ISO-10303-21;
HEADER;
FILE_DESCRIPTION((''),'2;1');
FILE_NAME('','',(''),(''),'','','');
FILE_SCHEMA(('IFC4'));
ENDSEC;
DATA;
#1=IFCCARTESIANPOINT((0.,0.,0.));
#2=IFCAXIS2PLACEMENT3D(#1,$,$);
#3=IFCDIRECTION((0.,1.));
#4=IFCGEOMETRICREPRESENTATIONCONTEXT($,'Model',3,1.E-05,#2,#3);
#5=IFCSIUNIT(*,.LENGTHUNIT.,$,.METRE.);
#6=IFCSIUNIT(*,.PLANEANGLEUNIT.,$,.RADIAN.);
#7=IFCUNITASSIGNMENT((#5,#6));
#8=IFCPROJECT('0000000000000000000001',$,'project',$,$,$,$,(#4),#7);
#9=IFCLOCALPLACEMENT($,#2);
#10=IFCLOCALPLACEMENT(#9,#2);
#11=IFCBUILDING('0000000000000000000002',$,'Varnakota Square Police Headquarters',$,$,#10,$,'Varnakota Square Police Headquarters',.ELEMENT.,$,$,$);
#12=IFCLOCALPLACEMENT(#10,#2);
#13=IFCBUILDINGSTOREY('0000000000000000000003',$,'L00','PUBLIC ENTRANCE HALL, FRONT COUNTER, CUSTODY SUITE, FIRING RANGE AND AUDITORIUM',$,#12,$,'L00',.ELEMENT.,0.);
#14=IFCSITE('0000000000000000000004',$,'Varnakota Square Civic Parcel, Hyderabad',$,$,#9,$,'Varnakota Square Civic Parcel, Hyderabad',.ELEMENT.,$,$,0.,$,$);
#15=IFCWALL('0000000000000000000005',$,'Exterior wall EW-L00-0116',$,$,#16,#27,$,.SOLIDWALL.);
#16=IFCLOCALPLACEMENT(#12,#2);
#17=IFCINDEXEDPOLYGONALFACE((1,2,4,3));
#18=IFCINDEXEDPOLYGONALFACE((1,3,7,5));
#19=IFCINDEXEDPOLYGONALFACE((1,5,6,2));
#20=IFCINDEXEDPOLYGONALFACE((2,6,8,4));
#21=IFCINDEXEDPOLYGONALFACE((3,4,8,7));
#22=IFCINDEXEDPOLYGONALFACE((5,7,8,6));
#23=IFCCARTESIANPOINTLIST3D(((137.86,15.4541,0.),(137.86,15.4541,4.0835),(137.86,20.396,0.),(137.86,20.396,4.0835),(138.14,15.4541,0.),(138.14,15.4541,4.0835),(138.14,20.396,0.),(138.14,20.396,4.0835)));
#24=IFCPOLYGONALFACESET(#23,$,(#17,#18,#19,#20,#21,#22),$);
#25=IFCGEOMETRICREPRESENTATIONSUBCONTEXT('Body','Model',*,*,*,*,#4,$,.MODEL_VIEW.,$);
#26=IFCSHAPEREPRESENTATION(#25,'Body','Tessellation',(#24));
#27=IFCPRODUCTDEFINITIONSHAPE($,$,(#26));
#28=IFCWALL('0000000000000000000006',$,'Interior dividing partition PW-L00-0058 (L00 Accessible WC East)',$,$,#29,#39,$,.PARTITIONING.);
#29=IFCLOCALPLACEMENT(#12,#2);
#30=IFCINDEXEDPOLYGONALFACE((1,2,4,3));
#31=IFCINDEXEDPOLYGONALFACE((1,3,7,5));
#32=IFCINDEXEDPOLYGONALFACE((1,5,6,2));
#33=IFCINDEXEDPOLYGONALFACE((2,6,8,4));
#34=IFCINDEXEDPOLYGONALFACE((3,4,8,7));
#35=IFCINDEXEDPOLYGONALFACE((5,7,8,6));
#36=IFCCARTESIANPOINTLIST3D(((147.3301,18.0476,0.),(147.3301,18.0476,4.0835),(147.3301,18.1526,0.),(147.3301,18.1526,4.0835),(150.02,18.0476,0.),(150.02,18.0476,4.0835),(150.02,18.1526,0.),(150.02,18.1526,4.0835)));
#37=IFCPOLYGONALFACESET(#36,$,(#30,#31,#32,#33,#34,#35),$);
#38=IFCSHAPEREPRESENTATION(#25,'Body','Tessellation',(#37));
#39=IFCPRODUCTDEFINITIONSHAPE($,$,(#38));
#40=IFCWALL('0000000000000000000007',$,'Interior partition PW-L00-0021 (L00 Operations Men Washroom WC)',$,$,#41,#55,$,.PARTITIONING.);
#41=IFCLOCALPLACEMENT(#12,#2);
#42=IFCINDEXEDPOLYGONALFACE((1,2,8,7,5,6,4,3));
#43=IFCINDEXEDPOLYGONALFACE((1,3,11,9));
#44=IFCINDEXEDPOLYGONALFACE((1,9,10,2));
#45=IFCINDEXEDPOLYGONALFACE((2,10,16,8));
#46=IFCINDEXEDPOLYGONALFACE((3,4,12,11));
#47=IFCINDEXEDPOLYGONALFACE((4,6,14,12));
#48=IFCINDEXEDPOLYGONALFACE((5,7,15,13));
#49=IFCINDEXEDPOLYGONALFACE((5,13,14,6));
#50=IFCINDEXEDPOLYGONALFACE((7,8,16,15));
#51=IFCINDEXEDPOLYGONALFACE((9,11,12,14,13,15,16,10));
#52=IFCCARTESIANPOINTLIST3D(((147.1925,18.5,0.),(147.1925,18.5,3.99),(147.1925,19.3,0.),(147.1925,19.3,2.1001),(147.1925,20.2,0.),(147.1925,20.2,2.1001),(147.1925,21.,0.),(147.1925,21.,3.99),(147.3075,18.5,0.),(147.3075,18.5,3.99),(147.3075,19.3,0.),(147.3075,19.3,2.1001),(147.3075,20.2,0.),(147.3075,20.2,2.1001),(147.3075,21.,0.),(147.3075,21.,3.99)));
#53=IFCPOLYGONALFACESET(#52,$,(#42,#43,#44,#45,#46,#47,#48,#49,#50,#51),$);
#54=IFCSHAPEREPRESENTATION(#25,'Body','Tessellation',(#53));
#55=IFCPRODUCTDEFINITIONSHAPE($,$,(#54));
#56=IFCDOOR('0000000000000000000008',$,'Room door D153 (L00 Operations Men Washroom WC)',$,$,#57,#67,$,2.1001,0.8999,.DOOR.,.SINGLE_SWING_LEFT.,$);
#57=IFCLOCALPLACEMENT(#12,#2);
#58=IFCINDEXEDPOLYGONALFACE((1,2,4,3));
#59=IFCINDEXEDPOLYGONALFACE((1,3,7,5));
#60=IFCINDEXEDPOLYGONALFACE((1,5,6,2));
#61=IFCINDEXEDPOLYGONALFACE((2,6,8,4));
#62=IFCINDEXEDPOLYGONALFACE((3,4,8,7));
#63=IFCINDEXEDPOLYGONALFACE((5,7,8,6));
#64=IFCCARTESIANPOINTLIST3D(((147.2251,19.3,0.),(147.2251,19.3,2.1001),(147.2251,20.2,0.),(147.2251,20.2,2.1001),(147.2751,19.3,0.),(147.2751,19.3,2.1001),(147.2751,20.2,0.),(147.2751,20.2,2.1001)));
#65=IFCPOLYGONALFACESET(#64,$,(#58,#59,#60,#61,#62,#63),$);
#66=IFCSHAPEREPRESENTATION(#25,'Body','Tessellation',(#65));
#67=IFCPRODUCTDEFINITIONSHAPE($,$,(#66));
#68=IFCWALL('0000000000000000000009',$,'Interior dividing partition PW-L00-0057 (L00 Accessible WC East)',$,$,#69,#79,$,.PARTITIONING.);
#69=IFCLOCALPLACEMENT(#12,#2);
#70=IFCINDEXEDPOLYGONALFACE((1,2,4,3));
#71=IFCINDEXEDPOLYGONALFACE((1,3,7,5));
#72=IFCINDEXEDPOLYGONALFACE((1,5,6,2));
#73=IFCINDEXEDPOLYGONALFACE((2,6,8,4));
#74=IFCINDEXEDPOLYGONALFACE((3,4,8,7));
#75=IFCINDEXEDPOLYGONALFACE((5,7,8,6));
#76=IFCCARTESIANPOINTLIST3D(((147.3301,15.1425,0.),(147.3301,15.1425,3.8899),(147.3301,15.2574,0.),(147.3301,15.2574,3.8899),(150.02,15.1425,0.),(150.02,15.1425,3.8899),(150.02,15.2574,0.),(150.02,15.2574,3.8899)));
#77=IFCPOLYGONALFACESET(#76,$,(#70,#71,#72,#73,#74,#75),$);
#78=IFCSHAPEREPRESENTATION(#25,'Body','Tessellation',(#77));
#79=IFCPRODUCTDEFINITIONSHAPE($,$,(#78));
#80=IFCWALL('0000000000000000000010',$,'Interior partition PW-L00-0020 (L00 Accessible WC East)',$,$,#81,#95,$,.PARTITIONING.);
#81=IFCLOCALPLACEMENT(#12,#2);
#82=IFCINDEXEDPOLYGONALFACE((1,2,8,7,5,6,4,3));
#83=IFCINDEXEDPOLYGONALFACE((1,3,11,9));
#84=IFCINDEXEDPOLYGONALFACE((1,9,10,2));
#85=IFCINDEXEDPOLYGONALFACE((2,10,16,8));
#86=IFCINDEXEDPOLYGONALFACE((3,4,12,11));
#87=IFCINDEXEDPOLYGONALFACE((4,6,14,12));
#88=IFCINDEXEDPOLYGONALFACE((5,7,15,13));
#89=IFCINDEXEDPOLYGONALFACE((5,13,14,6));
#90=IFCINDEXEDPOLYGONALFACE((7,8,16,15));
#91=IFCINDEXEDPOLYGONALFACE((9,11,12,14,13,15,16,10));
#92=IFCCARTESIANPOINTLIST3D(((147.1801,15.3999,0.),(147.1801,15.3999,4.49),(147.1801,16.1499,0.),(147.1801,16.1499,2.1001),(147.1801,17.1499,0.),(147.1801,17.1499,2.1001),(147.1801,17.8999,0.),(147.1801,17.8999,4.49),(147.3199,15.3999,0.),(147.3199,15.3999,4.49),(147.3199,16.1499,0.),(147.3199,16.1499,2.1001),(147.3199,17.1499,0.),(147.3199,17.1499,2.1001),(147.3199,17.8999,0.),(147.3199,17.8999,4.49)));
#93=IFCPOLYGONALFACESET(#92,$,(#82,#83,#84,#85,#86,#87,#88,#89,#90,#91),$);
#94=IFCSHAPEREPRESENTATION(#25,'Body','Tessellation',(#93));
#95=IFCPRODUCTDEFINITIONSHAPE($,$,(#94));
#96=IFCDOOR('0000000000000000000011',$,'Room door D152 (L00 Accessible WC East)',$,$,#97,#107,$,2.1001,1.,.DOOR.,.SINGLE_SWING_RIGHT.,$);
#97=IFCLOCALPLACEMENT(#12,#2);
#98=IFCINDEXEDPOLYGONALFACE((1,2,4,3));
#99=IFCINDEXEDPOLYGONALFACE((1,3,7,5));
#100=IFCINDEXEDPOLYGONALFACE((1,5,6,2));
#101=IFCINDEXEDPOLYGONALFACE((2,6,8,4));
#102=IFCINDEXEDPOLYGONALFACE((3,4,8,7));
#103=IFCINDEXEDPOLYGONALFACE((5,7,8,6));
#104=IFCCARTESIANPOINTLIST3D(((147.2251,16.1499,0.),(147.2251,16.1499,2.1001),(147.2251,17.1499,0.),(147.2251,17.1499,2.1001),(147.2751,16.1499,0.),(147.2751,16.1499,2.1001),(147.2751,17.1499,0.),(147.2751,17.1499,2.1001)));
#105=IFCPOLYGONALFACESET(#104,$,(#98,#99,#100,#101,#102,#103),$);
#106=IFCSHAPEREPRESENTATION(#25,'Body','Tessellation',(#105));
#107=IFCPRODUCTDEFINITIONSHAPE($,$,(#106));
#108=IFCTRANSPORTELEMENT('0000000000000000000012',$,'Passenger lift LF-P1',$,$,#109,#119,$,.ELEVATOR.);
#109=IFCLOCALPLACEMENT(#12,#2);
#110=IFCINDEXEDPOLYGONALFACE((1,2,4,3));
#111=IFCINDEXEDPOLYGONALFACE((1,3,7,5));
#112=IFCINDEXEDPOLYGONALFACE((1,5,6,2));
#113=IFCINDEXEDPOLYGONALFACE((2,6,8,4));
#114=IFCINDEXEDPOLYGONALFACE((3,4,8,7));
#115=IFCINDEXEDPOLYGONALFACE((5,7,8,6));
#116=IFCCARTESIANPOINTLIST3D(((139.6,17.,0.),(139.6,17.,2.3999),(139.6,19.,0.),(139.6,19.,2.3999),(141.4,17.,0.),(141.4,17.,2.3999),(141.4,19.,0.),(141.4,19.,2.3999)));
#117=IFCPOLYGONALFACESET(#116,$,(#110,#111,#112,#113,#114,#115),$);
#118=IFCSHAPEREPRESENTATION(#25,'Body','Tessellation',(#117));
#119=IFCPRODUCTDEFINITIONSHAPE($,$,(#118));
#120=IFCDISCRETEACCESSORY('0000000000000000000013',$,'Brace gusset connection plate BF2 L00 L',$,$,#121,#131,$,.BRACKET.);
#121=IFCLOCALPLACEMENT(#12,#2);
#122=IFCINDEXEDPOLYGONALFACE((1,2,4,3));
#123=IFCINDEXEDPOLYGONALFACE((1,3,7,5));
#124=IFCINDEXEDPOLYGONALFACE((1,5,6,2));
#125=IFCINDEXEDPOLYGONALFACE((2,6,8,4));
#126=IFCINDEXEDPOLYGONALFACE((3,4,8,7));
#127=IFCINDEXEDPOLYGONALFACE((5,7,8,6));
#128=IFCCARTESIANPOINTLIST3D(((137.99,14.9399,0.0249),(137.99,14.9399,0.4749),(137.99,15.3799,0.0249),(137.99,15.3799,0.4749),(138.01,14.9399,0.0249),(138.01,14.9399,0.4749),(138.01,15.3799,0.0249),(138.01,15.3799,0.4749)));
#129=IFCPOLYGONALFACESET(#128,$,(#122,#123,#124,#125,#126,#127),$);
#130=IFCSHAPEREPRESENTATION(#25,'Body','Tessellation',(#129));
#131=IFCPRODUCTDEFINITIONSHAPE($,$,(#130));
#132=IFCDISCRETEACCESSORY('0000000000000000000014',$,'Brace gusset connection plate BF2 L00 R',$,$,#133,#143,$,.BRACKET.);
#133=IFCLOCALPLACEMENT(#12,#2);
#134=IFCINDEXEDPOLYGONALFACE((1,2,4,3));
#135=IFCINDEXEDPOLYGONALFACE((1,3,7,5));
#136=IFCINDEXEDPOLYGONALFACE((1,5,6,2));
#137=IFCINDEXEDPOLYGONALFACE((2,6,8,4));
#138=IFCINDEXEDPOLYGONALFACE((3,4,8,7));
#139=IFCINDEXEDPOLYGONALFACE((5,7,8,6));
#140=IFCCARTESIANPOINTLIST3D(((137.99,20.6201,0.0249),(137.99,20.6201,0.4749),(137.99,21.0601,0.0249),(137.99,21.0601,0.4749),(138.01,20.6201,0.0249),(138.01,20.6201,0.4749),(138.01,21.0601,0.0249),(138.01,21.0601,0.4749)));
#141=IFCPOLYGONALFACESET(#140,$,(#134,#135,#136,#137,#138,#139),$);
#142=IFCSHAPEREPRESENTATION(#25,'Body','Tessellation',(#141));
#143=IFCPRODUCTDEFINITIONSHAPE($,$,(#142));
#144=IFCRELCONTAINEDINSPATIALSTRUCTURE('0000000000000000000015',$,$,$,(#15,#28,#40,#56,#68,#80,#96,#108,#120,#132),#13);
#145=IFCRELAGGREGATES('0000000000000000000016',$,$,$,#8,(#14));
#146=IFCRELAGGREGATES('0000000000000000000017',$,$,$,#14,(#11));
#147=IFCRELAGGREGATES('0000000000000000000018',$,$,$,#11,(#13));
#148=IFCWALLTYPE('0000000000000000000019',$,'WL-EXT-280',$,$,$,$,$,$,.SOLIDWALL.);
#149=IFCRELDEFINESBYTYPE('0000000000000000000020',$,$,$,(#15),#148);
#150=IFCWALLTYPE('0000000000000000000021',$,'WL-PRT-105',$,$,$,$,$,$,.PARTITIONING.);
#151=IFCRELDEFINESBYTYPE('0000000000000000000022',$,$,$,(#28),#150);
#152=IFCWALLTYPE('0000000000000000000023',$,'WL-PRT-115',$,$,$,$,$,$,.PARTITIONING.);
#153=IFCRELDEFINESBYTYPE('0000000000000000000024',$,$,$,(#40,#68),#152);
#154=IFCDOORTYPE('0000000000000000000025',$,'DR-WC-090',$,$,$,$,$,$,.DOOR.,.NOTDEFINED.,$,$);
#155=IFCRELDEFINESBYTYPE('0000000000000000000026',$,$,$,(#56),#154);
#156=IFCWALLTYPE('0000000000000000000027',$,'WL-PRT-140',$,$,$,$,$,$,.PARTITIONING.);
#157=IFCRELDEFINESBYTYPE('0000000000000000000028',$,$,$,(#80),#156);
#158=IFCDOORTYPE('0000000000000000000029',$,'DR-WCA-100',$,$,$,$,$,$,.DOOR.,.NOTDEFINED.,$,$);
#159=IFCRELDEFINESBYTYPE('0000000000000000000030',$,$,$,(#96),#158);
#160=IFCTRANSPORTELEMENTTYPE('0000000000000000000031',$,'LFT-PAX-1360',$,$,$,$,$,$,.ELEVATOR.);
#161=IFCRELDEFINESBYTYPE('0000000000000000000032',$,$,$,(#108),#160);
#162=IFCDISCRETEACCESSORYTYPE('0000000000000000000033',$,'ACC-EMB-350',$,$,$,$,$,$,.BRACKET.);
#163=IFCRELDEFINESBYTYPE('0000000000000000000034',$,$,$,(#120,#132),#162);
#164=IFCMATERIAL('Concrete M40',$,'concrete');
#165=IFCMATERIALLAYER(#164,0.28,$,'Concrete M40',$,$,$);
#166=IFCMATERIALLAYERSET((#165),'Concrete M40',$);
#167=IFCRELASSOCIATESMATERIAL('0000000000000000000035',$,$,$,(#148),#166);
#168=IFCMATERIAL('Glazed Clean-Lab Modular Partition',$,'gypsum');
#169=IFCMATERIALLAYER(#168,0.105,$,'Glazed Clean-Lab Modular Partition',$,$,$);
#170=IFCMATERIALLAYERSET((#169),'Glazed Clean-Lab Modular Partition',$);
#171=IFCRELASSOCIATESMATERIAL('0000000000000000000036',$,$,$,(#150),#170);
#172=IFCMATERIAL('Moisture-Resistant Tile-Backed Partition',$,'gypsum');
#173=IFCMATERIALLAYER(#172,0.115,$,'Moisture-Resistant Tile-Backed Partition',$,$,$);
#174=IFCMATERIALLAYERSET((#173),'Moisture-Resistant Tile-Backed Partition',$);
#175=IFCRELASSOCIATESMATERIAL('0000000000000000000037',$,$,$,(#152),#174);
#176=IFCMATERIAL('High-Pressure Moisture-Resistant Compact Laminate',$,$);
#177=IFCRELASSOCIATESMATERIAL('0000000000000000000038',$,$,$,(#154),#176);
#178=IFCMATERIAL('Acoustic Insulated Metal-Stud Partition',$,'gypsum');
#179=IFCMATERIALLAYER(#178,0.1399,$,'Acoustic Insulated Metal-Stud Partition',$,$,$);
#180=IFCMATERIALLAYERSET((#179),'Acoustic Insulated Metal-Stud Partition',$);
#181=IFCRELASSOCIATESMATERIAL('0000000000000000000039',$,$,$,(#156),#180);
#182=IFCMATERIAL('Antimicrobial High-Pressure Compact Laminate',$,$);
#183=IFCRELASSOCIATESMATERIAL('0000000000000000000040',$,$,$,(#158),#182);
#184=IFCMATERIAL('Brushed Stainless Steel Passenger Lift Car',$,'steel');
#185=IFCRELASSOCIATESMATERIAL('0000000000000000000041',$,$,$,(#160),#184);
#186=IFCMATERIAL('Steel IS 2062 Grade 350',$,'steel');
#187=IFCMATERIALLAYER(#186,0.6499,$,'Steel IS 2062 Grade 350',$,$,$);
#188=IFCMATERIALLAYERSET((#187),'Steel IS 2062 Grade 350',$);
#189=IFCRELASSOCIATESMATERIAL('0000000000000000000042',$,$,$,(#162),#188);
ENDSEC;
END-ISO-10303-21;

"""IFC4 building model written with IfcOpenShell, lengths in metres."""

from ifc_helpers import new_model, si_unit, direction, frame, frame_2d, origin, origin_2d, place, context, subcontext, project, spatial, rectangle, extrude, material, layer, layer_set, type_object, element, fill, save


model = new_model("IFC4")

# Units and contexts
model_context = context("Model", 3, precision=1e-05, world=origin(), true_north=direction((0.0, 1.0)))
body_context = subcontext(model_context, "Body", "Model", "MODEL_VIEW")
ifc_project = project(units=[si_unit("LENGTHUNIT", "METRE"), si_unit("PLANEANGLEUNIT", "RADIAN")], contexts=[model_context])

# Site, building, storey
site_placement = place(None, origin())
site = spatial("IfcSite", under=ifc_project, at=site_placement, Name="Varnakota Square Civic Parcel, Hyderabad", LongName="Varnakota Square Civic Parcel, Hyderabad", CompositionType="ELEMENT", RefElevation=0.0)
building_placement = place(site_placement, origin())
building = spatial("IfcBuilding", under=site, at=building_placement, Name="Varnakota Square Police Headquarters", LongName="Varnakota Square Police Headquarters", CompositionType="ELEMENT")
storey_placement = place(building_placement, origin())
storey = spatial("IfcBuildingStorey", under=building, at=storey_placement, Name="L00", Description="PUBLIC ENTRANCE HALL, FRONT COUNTER, CUSTODY SUITE, FIRING RANGE AND AUDITORIUM", LongName="L00", CompositionType="ELEMENT", Elevation=0.0)

# Shared definitions
ifc_material_1 = material(Name="Steel IS 2062 Grade 350", Category="steel")

# Shared definitions
ifc_material_2 = material(Name="Concrete M40", Category="concrete")

# Walls
ifc_layer_1 = layer(ifc_material_2, 0.28, Name="Concrete M40")
ifc_layer_set_1 = layer_set([ifc_layer_1], Name="Concrete M40")
wall_type_1 = type_object("IfcWallType", Name="WL-EXT-280", PredefinedType="SOLIDWALL", material=ifc_layer_set_1)
wall_1_placement = place(storey_placement, frame((138.0, 15.4541, 0.0), z_axis=(0.0, 0.0, 1.0), x_axis=(0.0, 1.0, 0.0)))
element("IfcWall", 1, at=wall_1_placement, inside=storey, type_object=wall_type_1, Name="Exterior wall EW-L00-0116", PredefinedType="SOLIDWALL", context=body_context, shape_type="SweptSolid", body=[
    extrude(rectangle(XDim=4.9419, YDim=0.28, at=frame_2d((2.4709, 0.0))), origin(), (0.0, 0.0, 1.0), 4.0835),
])
ifc_material_3 = material(Name="Glazed Clean-Lab Modular Partition", Category="gypsum")
ifc_layer_2 = layer(ifc_material_3, 0.105, Name="Glazed Clean-Lab Modular Partition")
ifc_layer_set_2 = layer_set([ifc_layer_2], Name="Glazed Clean-Lab Modular Partition")
wall_type_2 = type_object("IfcWallType", Name="WL-PRT-105", PredefinedType="PARTITIONING", material=ifc_layer_set_2)
wall_2_placement = place(storey_placement, frame((147.3301, 18.1001, 0.0), z_axis=(0.0, 0.0, 1.0), x_axis=(1.0, 0.0, 0.0)))
element("IfcWall", 2, at=wall_2_placement, inside=storey, type_object=wall_type_2, Name="Interior dividing partition PW-L00-0058 (L00 Accessible WC East)", PredefinedType="PARTITIONING", context=body_context, shape_type="SweptSolid", body=[
    extrude(rectangle(XDim=2.6899, YDim=0.105, at=frame_2d((1.345, 0.0))), origin(), (0.0, 0.0, 1.0), 4.0835),
])

# Wall, opening, door
ifc_material_4 = material(Name="Moisture-Resistant Tile-Backed Partition", Category="gypsum")
ifc_layer_3 = layer(ifc_material_4, 0.115, Name="Moisture-Resistant Tile-Backed Partition")
ifc_layer_set_3 = layer_set([ifc_layer_3], Name="Moisture-Resistant Tile-Backed Partition")
wall_type_3 = type_object("IfcWallType", Name="WL-PRT-115", PredefinedType="PARTITIONING", material=ifc_layer_set_3)
wall_3_placement = place(storey_placement, frame((147.25, 18.5, 0.0), z_axis=(0.0, 0.0, 1.0), x_axis=(0.0, 1.0, 0.0)))
wall_3 = element("IfcWall", 3, at=wall_3_placement, inside=storey, type_object=wall_type_3, Name="Interior partition PW-L00-0021 (L00 Operations Men Washroom WC)", PredefinedType="PARTITIONING", context=body_context, shape_type="SweptSolid", body=[
    extrude(rectangle(XDim=2.5, YDim=0.115, at=frame_2d((1.25, 0.0))), origin(), (0.0, 0.0, 1.0), 3.99),
])
opening_1_placement = place(wall_3_placement, frame((0.8, 0.0, 0.0)))
opening_1 = element("IfcOpeningElement", 4, at=opening_1_placement, cuts=wall_3, PredefinedType="OPENING", context=body_context, shape_type="SweptSolid", body=[
    extrude(rectangle(XDim=0.8999, YDim=2.1001, at=frame_2d((0.45, 1.05))), frame((0.0, 0.0674, 0.0), z_axis=(0.0, -1.0, 0.0), x_axis=(1.0, 0.0, 0.0)), (0.0, 0.0, 1.0), 0.135),
])
ifc_material_5 = material(Name="High-Pressure Moisture-Resistant Compact Laminate")
door_type_1 = type_object("IfcDoorType", Name="DR-WC-090", OperationType="NOTDEFINED", PredefinedType="DOOR", material=ifc_material_5)
door_1_placement = place(opening_1_placement, origin())
door_1 = element("IfcDoor", 5, at=door_1_placement, inside=storey, type_object=door_type_1, Name="Room door D153 (L00 Operations Men Washroom WC)", OperationType="SINGLE_SWING_LEFT", OverallHeight=2.1001, OverallWidth=0.8999, PredefinedType="DOOR", context=body_context, shape_type="SweptSolid", body=[
    extrude(rectangle(XDim=0.8999, YDim=2.1001, at=frame_2d((0.45, 1.05))), frame((0.0, 0.0249, 0.0), z_axis=(0.0, -1.0, 0.0), x_axis=(1.0, 0.0, 0.0)), (0.0, 0.0, 1.0), 0.05),
])
fill(opening_1, door_1)

# Wall
wall_4_placement = place(storey_placement, frame((150.02, 15.2, 0.0), z_axis=(0.0, 0.0, 1.0), x_axis=(-1.0, 0.0, 0.0)))
element("IfcWall", 6, at=wall_4_placement, inside=storey, type_object=wall_type_3, Name="Interior dividing partition PW-L00-0057 (L00 Accessible WC East)", PredefinedType="PARTITIONING", context=body_context, shape_type="SweptSolid", body=[
    extrude(rectangle(XDim=2.6899, YDim=0.115, at=frame_2d((1.345, 0.0))), origin(), (0.0, 0.0, 1.0), 3.8899),
])

# Wall, opening, door
ifc_material_6 = material(Name="Acoustic Insulated Metal-Stud Partition", Category="gypsum")
ifc_layer_4 = layer(ifc_material_6, 0.1399, Name="Acoustic Insulated Metal-Stud Partition")
ifc_layer_set_4 = layer_set([ifc_layer_4], Name="Acoustic Insulated Metal-Stud Partition")
wall_type_4 = type_object("IfcWallType", Name="WL-PRT-140", PredefinedType="PARTITIONING", material=ifc_layer_set_4)
wall_5_placement = place(storey_placement, frame((147.25, 15.3999, 0.0), z_axis=(0.0, 0.0, 1.0), x_axis=(0.0, 1.0, 0.0)))
wall_5 = element("IfcWall", 7, at=wall_5_placement, inside=storey, type_object=wall_type_4, Name="Interior partition PW-L00-0020 (L00 Accessible WC East)", PredefinedType="PARTITIONING", context=body_context, shape_type="SweptSolid", body=[
    extrude(rectangle(XDim=2.5, YDim=0.1399, at=frame_2d((1.25, 0.0))), origin(), (0.0, 0.0, 1.0), 4.49),
])
opening_2_placement = place(wall_5_placement, frame((0.75, 0.0, 0.0)))
opening_2 = element("IfcOpeningElement", 8, at=opening_2_placement, cuts=wall_5, PredefinedType="OPENING", context=body_context, shape_type="SweptSolid", body=[
    extrude(rectangle(XDim=1.0, YDim=2.1001, at=frame_2d((0.5, 1.05))), frame((0.0, 0.0798, 0.0), z_axis=(0.0, -1.0, 0.0), x_axis=(1.0, 0.0, 0.0)), (0.0, 0.0, 1.0), 0.1599),
])
ifc_material_7 = material(Name="Antimicrobial High-Pressure Compact Laminate")
door_type_2 = type_object("IfcDoorType", Name="DR-WCA-100", OperationType="NOTDEFINED", PredefinedType="DOOR", material=ifc_material_7)
door_2_placement = place(opening_2_placement, origin())
door_2 = element("IfcDoor", 9, at=door_2_placement, inside=storey, type_object=door_type_2, Name="Room door D152 (L00 Accessible WC East)", OperationType="SINGLE_SWING_RIGHT", OverallHeight=2.1001, OverallWidth=1.0, PredefinedType="DOOR", context=body_context, shape_type="SweptSolid", body=[
    extrude(rectangle(XDim=1.0, YDim=2.1001, at=frame_2d((0.5, 1.05))), frame((0.0, 0.0249, 0.0), z_axis=(0.0, -1.0, 0.0), x_axis=(1.0, 0.0, 0.0)), (0.0, 0.0, 1.0), 0.05),
])
fill(opening_2, door_2)

# Transport element
ifc_material_8 = material(Name="Brushed Stainless Steel Passenger Lift Car", Category="steel")
transport_element_type = type_object("IfcTransportElementType", Name="LFT-PAX-1360", PredefinedType="ELEVATOR", material=ifc_material_8)
transport_element_placement = place(storey_placement, frame((140.5, 18.0, 0.0), z_axis=(0.0, 0.0, 1.0), x_axis=(1.0, 0.0, 0.0)))
element("IfcTransportElement", 10, at=transport_element_placement, inside=storey, type_object=transport_element_type, Name="Passenger lift LF-P1", PredefinedType="ELEVATOR", context=body_context, shape_type="SweptSolid", body=[
    extrude(rectangle(XDim=1.8, YDim=2.0, at=origin_2d()), origin(), (0.0, 0.0, 1.0), 2.3999),
])

# Discrete accessories
ifc_layer_5 = layer(ifc_material_1, 0.6499, Name="Steel IS 2062 Grade 350")
ifc_layer_set_5 = layer_set([ifc_layer_5], Name="Steel IS 2062 Grade 350")
discrete_accessory_type = type_object("IfcDiscreteAccessoryType", Name="ACC-EMB-350", PredefinedType="BRACKET", material=ifc_layer_set_5)
for number, where, z_axis, x_axis, name in (
    (11, (138.0, 15.1599, 0.0249), (0.0, 0.0, 1.0), (0.0, 1.0, 0.0), "Brace gusset connection plate BF2 L00 L"),
    (12, (138.0, 20.8401, 0.0249), (0.0, 0.0, 1.0), (0.0, 1.0, 0.0), "Brace gusset connection plate BF2 L00 R"),
):
    element("IfcDiscreteAccessory", number, at=place(storey_placement, frame(where, z_axis=z_axis, x_axis=x_axis)), inside=storey, type_object=discrete_accessory_type, Name=name, PredefinedType="BRACKET", context=body_context, shape_type="SweptSolid", body=[
        extrude(rectangle(XDim=0.4399, YDim=0.02, at=origin_2d()), origin(), (0.0, 0.0, 1.0), 0.45),
    ])

save(model, "model.ifc")
